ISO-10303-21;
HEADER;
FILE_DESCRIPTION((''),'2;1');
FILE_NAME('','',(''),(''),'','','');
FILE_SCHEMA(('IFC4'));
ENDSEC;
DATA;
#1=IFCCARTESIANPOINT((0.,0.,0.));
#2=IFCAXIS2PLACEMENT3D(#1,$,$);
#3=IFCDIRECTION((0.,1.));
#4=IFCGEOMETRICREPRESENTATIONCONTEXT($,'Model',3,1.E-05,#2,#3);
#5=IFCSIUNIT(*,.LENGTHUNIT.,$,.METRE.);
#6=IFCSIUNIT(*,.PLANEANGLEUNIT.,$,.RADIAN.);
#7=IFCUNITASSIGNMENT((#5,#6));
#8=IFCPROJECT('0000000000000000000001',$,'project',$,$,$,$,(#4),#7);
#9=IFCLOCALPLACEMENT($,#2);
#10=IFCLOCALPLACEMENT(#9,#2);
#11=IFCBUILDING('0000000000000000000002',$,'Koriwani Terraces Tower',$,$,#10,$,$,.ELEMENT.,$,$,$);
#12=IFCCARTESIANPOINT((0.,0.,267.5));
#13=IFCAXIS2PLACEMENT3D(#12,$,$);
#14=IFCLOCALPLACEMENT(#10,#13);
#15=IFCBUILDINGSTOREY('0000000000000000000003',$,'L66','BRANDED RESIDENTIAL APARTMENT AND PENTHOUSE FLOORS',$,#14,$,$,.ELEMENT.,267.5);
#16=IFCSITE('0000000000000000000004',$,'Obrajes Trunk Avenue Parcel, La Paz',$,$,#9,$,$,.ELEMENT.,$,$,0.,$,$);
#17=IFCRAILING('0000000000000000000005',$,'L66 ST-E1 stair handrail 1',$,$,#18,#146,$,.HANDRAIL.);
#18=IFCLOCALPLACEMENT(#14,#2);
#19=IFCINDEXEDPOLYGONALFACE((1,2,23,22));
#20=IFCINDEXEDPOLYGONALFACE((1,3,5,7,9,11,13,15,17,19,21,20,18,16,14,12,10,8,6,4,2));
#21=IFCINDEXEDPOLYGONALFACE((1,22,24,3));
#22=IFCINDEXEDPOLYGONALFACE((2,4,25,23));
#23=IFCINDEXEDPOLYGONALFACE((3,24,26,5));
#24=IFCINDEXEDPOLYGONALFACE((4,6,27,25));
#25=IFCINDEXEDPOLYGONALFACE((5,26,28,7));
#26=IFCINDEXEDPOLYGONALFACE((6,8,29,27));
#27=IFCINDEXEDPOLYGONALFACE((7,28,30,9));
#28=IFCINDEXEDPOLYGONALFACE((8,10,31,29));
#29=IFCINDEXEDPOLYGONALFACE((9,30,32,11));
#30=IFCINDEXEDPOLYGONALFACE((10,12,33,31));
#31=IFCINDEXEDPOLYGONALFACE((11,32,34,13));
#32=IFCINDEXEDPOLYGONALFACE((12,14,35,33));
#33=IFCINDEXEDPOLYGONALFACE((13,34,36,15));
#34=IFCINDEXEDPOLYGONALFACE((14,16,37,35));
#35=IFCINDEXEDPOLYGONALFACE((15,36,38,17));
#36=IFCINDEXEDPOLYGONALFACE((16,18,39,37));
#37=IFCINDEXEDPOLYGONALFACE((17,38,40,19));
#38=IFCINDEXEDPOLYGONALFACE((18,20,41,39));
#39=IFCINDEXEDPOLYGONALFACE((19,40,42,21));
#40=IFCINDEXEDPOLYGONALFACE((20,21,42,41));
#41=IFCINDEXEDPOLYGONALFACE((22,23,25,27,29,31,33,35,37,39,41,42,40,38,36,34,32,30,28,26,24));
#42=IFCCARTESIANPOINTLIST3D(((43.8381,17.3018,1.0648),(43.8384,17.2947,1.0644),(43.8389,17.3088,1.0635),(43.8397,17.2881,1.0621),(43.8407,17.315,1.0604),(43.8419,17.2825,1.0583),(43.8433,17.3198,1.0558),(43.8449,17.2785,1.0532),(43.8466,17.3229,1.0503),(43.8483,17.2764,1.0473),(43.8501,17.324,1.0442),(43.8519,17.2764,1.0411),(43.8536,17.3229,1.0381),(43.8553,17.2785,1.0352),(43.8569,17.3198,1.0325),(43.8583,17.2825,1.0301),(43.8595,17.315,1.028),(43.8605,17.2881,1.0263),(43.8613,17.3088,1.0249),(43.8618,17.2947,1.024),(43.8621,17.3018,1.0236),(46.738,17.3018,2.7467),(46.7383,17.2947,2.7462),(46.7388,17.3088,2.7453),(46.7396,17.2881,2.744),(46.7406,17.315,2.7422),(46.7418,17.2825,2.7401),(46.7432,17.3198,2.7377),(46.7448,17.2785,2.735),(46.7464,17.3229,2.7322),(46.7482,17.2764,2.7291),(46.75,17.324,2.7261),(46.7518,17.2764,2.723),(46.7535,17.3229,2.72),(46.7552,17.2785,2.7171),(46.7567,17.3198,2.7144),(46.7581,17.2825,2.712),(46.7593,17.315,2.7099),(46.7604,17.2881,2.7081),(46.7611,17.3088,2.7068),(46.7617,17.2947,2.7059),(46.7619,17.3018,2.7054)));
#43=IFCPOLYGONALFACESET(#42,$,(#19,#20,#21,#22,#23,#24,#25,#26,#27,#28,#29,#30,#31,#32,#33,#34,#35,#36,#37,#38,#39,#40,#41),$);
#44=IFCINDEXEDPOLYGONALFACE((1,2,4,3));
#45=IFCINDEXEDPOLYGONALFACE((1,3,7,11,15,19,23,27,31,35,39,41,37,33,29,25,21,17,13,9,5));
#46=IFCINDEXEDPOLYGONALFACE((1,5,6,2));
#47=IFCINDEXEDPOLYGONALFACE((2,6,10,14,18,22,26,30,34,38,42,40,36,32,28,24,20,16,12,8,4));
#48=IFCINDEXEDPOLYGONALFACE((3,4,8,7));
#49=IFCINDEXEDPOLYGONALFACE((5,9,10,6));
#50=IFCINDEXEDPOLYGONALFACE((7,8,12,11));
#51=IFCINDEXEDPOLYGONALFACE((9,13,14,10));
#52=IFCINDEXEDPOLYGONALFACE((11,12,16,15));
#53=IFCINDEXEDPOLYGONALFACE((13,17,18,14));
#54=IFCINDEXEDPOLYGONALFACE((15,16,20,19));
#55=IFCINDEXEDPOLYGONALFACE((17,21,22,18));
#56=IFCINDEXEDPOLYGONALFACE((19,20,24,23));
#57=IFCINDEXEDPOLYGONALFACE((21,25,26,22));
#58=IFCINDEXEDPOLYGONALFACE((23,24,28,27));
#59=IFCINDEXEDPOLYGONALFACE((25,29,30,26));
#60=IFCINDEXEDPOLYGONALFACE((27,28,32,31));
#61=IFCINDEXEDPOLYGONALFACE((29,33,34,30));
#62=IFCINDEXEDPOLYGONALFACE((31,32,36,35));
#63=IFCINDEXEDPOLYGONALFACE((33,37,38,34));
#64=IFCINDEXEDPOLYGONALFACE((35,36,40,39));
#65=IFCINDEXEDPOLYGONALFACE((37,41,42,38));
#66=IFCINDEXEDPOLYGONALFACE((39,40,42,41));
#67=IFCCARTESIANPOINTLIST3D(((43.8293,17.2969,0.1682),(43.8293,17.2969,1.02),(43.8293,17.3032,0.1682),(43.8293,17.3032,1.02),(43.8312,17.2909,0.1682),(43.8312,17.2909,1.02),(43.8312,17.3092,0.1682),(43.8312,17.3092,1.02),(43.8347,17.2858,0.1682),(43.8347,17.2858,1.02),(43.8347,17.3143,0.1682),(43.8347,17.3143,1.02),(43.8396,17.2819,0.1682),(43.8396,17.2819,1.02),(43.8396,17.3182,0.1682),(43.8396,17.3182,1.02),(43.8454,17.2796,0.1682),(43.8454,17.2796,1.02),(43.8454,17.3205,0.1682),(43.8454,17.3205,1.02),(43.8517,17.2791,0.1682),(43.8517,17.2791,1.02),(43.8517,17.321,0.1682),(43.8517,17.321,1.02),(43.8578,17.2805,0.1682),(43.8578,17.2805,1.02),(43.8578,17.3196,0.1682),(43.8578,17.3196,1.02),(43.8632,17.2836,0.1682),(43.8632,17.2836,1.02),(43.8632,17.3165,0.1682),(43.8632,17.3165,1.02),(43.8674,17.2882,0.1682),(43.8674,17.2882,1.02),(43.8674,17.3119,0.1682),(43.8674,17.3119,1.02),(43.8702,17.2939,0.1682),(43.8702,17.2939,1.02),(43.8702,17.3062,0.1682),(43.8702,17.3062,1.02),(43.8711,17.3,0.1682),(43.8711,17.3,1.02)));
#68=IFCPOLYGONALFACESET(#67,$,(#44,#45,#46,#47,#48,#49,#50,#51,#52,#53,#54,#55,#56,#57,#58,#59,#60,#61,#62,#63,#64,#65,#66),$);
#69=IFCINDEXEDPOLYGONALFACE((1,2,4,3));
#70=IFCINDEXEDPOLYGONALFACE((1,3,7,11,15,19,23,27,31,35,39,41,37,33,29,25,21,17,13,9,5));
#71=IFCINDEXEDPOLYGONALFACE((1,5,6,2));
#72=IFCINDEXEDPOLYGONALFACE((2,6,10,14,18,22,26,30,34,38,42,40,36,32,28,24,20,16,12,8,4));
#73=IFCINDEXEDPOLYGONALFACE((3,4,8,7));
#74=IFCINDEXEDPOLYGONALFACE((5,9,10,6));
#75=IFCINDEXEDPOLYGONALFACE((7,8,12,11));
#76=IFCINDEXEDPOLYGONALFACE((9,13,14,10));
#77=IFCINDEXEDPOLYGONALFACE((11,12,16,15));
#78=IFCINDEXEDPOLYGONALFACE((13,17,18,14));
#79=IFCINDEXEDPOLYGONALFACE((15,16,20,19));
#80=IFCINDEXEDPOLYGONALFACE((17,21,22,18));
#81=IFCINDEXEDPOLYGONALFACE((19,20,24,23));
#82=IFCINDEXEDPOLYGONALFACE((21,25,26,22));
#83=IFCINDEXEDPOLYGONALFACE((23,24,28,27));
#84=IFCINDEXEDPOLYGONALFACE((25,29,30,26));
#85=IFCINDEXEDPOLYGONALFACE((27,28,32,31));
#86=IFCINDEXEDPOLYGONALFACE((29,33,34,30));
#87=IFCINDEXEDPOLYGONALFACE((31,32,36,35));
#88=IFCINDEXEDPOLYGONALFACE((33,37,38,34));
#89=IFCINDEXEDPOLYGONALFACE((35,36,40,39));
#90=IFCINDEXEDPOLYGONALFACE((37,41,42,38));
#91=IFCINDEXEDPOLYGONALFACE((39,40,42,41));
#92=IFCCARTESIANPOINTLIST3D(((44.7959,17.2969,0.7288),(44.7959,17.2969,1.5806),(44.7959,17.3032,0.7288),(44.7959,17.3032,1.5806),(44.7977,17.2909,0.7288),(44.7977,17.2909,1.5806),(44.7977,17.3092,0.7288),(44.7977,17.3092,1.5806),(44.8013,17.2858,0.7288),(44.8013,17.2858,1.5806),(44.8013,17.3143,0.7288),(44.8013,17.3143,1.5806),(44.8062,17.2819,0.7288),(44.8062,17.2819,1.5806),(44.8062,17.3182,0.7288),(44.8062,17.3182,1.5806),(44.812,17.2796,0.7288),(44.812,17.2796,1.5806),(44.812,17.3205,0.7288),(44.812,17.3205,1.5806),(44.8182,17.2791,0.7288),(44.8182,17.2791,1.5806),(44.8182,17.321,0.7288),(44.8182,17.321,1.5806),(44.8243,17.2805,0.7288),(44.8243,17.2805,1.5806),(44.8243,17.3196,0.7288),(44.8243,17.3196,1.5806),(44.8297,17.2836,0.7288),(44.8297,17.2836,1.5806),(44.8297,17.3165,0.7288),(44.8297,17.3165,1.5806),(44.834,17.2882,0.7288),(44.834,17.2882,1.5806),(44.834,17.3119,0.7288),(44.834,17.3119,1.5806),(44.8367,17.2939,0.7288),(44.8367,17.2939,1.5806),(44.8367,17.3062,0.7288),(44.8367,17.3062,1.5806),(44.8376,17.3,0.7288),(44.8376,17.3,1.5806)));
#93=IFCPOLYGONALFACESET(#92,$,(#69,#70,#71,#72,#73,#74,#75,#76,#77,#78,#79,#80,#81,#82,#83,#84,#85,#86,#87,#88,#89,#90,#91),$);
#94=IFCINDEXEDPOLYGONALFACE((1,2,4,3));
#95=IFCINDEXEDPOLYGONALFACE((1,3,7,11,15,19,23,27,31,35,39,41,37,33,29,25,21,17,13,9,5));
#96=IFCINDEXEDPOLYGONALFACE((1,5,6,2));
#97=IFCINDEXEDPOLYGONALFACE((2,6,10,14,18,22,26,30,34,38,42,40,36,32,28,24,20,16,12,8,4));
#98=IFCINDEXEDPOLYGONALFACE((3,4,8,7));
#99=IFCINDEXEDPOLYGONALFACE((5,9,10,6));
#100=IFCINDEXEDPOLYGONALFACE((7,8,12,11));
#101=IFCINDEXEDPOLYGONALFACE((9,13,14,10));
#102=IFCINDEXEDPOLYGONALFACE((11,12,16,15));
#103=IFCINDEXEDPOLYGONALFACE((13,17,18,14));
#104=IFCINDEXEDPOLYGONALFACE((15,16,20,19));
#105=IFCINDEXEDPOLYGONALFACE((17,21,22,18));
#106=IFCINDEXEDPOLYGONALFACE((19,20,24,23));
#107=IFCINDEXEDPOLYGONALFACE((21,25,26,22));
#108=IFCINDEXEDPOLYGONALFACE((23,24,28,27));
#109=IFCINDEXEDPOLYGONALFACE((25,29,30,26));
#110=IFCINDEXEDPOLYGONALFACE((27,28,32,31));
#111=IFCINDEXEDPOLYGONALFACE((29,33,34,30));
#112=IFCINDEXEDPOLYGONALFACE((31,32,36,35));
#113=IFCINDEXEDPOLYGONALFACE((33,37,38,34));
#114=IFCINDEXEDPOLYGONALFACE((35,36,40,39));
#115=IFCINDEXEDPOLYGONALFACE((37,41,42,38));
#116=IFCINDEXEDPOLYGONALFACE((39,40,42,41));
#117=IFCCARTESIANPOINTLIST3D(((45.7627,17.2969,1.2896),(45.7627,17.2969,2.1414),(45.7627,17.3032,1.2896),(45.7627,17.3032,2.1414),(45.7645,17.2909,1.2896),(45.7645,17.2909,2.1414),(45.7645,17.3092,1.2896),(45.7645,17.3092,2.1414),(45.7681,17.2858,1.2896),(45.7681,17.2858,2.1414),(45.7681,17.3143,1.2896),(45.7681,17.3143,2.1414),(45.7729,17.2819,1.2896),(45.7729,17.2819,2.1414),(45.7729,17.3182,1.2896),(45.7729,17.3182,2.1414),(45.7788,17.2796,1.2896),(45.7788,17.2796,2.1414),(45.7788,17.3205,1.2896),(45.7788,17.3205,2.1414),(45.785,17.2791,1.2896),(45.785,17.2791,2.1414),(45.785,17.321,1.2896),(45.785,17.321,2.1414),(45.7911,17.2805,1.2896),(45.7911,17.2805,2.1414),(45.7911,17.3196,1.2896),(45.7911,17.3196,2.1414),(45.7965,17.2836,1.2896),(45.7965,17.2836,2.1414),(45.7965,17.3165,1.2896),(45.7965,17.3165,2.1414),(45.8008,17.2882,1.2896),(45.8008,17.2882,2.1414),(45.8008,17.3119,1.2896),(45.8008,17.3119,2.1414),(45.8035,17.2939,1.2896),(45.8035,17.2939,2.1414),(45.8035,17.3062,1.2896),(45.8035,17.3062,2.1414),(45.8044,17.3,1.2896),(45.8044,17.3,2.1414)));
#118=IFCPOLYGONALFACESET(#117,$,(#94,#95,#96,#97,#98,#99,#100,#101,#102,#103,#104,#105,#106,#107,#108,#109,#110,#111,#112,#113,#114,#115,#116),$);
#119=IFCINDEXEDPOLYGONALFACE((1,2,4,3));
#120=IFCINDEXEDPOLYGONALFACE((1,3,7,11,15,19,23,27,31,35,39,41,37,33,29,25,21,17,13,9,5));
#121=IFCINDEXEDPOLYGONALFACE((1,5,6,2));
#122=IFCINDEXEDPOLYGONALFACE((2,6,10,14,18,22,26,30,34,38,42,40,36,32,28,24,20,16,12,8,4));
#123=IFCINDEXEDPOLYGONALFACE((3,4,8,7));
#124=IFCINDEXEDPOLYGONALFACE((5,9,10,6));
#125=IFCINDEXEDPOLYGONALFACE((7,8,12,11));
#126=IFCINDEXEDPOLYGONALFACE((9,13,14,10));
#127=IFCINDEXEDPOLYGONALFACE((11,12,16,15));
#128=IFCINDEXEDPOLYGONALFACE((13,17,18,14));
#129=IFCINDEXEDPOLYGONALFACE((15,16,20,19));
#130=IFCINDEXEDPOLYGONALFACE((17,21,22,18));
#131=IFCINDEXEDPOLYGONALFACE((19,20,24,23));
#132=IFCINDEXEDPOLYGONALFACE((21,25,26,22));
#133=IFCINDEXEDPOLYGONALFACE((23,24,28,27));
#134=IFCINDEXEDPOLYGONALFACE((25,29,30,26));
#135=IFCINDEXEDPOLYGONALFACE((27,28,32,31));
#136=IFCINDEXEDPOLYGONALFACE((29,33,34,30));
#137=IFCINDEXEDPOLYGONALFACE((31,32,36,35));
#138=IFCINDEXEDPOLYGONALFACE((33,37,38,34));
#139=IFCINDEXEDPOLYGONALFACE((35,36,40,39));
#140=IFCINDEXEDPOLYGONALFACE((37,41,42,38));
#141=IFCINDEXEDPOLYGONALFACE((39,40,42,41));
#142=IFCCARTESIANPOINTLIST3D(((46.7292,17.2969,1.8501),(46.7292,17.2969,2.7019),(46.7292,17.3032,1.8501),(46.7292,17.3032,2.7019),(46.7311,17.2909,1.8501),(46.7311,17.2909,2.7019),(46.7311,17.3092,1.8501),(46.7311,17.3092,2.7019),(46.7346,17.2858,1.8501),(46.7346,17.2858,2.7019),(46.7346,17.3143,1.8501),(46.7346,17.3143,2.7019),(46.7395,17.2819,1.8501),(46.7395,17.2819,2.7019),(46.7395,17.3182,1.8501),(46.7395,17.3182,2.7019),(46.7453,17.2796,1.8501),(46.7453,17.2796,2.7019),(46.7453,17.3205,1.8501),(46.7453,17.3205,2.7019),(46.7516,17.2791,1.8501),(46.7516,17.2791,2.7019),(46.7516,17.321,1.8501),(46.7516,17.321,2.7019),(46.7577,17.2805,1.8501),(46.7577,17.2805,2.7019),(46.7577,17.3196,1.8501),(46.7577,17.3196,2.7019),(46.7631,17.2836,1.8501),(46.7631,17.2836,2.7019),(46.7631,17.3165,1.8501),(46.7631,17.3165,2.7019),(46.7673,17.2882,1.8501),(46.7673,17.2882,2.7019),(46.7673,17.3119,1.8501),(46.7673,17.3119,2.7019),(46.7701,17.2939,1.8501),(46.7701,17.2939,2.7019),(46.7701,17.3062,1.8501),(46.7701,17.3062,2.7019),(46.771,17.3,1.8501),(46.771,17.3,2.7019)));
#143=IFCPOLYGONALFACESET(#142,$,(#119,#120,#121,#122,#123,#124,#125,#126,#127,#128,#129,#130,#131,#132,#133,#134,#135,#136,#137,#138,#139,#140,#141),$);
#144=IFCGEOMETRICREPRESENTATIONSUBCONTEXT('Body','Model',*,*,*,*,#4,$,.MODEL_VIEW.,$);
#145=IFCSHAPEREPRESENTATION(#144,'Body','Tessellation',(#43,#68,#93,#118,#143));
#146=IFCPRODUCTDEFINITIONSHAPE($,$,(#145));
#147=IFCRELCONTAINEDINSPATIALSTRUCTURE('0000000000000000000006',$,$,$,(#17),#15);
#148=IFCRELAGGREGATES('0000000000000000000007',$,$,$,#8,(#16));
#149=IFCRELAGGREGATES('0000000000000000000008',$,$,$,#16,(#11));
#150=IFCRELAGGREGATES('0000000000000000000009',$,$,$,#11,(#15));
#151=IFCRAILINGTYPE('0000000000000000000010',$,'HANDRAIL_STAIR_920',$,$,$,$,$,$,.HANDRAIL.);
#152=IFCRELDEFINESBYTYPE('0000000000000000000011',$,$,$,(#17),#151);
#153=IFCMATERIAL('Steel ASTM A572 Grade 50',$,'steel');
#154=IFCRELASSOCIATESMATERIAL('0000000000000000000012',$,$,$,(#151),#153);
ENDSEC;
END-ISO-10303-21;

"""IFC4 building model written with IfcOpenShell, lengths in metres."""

from ifc_helpers import new_model, si_unit, direction, frame, origin, origin_2d, place, context, subcontext, project, spatial, circle, extrude, material, type_object, element, save


model = new_model("IFC4")

# Units and contexts
model_context = context("Model", 3, precision=1e-05, world=origin(), true_north=direction((0.0, 1.0)))
body_context = subcontext(model_context, "Body", "Model", "MODEL_VIEW")
ifc_project = project(units=[si_unit("LENGTHUNIT", "METRE"), si_unit("PLANEANGLEUNIT", "RADIAN")], contexts=[model_context])

# Site, building, storey
site_placement = place(None, origin())
site = spatial("IfcSite", under=ifc_project, at=site_placement, Name="Obrajes Trunk Avenue Parcel, La Paz", CompositionType="ELEMENT", RefElevation=0.0)
building_placement = place(site_placement, origin())
building = spatial("IfcBuilding", under=site, at=building_placement, Name="Koriwani Terraces Tower", CompositionType="ELEMENT")
storey_placement = place(building_placement, frame((0.0, 0.0, 267.5)))
storey = spatial("IfcBuildingStorey", under=building, at=storey_placement, Name="L66", Description="BRANDED RESIDENTIAL APARTMENT AND PENTHOUSE FLOORS", CompositionType="ELEMENT", Elevation=267.5)

# Shared definitions
ifc_material_1 = material(Name="Steel ASTM A572 Grade 50", Category="steel")

# Railing
railing_type_1 = type_object("IfcRailingType", Name="HANDRAIL_STAIR_920", PredefinedType="HANDRAIL", material=ifc_material_1)
railing_1_placement = place(storey_placement, frame((43.8501, 17.3, 0.1682)))
element("IfcRailing", 1, at=railing_1_placement, inside=storey, type_object=railing_type_1, Name="L66 ST-E1 stair handrail 1", PredefinedType="HANDRAIL", context=body_context, shape_type="SweptSolid", body=[
    extrude(circle(Radius=0.0239, at=origin_2d()), frame((0.0, 0.0, 0.876), z_axis=(0.865039, 0.0, 0.501705), x_axis=(0.0, 1.0, 0.0)), (0.0, 0.0, 1.0), 3.3523),
    extrude(circle(Radius=0.021, at=origin_2d()), origin(), (0.0, 0.0, 1.0), 0.8518),
    extrude(circle(Radius=0.021, at=origin_2d()), frame((0.9666, 0.0, 0.5605)), (0.0, 0.0, 1.0), 0.8518),
    extrude(circle(Radius=0.021, at=origin_2d()), frame((1.9333, 0.0, 1.1213)), (0.0, 0.0, 1.0), 0.8518),
    extrude(circle(Radius=0.021, at=origin_2d()), frame((2.8999, 0.0, 1.6819)), (0.0, 0.0, 1.0), 0.8518),
])

save(model, "model.ifc")
